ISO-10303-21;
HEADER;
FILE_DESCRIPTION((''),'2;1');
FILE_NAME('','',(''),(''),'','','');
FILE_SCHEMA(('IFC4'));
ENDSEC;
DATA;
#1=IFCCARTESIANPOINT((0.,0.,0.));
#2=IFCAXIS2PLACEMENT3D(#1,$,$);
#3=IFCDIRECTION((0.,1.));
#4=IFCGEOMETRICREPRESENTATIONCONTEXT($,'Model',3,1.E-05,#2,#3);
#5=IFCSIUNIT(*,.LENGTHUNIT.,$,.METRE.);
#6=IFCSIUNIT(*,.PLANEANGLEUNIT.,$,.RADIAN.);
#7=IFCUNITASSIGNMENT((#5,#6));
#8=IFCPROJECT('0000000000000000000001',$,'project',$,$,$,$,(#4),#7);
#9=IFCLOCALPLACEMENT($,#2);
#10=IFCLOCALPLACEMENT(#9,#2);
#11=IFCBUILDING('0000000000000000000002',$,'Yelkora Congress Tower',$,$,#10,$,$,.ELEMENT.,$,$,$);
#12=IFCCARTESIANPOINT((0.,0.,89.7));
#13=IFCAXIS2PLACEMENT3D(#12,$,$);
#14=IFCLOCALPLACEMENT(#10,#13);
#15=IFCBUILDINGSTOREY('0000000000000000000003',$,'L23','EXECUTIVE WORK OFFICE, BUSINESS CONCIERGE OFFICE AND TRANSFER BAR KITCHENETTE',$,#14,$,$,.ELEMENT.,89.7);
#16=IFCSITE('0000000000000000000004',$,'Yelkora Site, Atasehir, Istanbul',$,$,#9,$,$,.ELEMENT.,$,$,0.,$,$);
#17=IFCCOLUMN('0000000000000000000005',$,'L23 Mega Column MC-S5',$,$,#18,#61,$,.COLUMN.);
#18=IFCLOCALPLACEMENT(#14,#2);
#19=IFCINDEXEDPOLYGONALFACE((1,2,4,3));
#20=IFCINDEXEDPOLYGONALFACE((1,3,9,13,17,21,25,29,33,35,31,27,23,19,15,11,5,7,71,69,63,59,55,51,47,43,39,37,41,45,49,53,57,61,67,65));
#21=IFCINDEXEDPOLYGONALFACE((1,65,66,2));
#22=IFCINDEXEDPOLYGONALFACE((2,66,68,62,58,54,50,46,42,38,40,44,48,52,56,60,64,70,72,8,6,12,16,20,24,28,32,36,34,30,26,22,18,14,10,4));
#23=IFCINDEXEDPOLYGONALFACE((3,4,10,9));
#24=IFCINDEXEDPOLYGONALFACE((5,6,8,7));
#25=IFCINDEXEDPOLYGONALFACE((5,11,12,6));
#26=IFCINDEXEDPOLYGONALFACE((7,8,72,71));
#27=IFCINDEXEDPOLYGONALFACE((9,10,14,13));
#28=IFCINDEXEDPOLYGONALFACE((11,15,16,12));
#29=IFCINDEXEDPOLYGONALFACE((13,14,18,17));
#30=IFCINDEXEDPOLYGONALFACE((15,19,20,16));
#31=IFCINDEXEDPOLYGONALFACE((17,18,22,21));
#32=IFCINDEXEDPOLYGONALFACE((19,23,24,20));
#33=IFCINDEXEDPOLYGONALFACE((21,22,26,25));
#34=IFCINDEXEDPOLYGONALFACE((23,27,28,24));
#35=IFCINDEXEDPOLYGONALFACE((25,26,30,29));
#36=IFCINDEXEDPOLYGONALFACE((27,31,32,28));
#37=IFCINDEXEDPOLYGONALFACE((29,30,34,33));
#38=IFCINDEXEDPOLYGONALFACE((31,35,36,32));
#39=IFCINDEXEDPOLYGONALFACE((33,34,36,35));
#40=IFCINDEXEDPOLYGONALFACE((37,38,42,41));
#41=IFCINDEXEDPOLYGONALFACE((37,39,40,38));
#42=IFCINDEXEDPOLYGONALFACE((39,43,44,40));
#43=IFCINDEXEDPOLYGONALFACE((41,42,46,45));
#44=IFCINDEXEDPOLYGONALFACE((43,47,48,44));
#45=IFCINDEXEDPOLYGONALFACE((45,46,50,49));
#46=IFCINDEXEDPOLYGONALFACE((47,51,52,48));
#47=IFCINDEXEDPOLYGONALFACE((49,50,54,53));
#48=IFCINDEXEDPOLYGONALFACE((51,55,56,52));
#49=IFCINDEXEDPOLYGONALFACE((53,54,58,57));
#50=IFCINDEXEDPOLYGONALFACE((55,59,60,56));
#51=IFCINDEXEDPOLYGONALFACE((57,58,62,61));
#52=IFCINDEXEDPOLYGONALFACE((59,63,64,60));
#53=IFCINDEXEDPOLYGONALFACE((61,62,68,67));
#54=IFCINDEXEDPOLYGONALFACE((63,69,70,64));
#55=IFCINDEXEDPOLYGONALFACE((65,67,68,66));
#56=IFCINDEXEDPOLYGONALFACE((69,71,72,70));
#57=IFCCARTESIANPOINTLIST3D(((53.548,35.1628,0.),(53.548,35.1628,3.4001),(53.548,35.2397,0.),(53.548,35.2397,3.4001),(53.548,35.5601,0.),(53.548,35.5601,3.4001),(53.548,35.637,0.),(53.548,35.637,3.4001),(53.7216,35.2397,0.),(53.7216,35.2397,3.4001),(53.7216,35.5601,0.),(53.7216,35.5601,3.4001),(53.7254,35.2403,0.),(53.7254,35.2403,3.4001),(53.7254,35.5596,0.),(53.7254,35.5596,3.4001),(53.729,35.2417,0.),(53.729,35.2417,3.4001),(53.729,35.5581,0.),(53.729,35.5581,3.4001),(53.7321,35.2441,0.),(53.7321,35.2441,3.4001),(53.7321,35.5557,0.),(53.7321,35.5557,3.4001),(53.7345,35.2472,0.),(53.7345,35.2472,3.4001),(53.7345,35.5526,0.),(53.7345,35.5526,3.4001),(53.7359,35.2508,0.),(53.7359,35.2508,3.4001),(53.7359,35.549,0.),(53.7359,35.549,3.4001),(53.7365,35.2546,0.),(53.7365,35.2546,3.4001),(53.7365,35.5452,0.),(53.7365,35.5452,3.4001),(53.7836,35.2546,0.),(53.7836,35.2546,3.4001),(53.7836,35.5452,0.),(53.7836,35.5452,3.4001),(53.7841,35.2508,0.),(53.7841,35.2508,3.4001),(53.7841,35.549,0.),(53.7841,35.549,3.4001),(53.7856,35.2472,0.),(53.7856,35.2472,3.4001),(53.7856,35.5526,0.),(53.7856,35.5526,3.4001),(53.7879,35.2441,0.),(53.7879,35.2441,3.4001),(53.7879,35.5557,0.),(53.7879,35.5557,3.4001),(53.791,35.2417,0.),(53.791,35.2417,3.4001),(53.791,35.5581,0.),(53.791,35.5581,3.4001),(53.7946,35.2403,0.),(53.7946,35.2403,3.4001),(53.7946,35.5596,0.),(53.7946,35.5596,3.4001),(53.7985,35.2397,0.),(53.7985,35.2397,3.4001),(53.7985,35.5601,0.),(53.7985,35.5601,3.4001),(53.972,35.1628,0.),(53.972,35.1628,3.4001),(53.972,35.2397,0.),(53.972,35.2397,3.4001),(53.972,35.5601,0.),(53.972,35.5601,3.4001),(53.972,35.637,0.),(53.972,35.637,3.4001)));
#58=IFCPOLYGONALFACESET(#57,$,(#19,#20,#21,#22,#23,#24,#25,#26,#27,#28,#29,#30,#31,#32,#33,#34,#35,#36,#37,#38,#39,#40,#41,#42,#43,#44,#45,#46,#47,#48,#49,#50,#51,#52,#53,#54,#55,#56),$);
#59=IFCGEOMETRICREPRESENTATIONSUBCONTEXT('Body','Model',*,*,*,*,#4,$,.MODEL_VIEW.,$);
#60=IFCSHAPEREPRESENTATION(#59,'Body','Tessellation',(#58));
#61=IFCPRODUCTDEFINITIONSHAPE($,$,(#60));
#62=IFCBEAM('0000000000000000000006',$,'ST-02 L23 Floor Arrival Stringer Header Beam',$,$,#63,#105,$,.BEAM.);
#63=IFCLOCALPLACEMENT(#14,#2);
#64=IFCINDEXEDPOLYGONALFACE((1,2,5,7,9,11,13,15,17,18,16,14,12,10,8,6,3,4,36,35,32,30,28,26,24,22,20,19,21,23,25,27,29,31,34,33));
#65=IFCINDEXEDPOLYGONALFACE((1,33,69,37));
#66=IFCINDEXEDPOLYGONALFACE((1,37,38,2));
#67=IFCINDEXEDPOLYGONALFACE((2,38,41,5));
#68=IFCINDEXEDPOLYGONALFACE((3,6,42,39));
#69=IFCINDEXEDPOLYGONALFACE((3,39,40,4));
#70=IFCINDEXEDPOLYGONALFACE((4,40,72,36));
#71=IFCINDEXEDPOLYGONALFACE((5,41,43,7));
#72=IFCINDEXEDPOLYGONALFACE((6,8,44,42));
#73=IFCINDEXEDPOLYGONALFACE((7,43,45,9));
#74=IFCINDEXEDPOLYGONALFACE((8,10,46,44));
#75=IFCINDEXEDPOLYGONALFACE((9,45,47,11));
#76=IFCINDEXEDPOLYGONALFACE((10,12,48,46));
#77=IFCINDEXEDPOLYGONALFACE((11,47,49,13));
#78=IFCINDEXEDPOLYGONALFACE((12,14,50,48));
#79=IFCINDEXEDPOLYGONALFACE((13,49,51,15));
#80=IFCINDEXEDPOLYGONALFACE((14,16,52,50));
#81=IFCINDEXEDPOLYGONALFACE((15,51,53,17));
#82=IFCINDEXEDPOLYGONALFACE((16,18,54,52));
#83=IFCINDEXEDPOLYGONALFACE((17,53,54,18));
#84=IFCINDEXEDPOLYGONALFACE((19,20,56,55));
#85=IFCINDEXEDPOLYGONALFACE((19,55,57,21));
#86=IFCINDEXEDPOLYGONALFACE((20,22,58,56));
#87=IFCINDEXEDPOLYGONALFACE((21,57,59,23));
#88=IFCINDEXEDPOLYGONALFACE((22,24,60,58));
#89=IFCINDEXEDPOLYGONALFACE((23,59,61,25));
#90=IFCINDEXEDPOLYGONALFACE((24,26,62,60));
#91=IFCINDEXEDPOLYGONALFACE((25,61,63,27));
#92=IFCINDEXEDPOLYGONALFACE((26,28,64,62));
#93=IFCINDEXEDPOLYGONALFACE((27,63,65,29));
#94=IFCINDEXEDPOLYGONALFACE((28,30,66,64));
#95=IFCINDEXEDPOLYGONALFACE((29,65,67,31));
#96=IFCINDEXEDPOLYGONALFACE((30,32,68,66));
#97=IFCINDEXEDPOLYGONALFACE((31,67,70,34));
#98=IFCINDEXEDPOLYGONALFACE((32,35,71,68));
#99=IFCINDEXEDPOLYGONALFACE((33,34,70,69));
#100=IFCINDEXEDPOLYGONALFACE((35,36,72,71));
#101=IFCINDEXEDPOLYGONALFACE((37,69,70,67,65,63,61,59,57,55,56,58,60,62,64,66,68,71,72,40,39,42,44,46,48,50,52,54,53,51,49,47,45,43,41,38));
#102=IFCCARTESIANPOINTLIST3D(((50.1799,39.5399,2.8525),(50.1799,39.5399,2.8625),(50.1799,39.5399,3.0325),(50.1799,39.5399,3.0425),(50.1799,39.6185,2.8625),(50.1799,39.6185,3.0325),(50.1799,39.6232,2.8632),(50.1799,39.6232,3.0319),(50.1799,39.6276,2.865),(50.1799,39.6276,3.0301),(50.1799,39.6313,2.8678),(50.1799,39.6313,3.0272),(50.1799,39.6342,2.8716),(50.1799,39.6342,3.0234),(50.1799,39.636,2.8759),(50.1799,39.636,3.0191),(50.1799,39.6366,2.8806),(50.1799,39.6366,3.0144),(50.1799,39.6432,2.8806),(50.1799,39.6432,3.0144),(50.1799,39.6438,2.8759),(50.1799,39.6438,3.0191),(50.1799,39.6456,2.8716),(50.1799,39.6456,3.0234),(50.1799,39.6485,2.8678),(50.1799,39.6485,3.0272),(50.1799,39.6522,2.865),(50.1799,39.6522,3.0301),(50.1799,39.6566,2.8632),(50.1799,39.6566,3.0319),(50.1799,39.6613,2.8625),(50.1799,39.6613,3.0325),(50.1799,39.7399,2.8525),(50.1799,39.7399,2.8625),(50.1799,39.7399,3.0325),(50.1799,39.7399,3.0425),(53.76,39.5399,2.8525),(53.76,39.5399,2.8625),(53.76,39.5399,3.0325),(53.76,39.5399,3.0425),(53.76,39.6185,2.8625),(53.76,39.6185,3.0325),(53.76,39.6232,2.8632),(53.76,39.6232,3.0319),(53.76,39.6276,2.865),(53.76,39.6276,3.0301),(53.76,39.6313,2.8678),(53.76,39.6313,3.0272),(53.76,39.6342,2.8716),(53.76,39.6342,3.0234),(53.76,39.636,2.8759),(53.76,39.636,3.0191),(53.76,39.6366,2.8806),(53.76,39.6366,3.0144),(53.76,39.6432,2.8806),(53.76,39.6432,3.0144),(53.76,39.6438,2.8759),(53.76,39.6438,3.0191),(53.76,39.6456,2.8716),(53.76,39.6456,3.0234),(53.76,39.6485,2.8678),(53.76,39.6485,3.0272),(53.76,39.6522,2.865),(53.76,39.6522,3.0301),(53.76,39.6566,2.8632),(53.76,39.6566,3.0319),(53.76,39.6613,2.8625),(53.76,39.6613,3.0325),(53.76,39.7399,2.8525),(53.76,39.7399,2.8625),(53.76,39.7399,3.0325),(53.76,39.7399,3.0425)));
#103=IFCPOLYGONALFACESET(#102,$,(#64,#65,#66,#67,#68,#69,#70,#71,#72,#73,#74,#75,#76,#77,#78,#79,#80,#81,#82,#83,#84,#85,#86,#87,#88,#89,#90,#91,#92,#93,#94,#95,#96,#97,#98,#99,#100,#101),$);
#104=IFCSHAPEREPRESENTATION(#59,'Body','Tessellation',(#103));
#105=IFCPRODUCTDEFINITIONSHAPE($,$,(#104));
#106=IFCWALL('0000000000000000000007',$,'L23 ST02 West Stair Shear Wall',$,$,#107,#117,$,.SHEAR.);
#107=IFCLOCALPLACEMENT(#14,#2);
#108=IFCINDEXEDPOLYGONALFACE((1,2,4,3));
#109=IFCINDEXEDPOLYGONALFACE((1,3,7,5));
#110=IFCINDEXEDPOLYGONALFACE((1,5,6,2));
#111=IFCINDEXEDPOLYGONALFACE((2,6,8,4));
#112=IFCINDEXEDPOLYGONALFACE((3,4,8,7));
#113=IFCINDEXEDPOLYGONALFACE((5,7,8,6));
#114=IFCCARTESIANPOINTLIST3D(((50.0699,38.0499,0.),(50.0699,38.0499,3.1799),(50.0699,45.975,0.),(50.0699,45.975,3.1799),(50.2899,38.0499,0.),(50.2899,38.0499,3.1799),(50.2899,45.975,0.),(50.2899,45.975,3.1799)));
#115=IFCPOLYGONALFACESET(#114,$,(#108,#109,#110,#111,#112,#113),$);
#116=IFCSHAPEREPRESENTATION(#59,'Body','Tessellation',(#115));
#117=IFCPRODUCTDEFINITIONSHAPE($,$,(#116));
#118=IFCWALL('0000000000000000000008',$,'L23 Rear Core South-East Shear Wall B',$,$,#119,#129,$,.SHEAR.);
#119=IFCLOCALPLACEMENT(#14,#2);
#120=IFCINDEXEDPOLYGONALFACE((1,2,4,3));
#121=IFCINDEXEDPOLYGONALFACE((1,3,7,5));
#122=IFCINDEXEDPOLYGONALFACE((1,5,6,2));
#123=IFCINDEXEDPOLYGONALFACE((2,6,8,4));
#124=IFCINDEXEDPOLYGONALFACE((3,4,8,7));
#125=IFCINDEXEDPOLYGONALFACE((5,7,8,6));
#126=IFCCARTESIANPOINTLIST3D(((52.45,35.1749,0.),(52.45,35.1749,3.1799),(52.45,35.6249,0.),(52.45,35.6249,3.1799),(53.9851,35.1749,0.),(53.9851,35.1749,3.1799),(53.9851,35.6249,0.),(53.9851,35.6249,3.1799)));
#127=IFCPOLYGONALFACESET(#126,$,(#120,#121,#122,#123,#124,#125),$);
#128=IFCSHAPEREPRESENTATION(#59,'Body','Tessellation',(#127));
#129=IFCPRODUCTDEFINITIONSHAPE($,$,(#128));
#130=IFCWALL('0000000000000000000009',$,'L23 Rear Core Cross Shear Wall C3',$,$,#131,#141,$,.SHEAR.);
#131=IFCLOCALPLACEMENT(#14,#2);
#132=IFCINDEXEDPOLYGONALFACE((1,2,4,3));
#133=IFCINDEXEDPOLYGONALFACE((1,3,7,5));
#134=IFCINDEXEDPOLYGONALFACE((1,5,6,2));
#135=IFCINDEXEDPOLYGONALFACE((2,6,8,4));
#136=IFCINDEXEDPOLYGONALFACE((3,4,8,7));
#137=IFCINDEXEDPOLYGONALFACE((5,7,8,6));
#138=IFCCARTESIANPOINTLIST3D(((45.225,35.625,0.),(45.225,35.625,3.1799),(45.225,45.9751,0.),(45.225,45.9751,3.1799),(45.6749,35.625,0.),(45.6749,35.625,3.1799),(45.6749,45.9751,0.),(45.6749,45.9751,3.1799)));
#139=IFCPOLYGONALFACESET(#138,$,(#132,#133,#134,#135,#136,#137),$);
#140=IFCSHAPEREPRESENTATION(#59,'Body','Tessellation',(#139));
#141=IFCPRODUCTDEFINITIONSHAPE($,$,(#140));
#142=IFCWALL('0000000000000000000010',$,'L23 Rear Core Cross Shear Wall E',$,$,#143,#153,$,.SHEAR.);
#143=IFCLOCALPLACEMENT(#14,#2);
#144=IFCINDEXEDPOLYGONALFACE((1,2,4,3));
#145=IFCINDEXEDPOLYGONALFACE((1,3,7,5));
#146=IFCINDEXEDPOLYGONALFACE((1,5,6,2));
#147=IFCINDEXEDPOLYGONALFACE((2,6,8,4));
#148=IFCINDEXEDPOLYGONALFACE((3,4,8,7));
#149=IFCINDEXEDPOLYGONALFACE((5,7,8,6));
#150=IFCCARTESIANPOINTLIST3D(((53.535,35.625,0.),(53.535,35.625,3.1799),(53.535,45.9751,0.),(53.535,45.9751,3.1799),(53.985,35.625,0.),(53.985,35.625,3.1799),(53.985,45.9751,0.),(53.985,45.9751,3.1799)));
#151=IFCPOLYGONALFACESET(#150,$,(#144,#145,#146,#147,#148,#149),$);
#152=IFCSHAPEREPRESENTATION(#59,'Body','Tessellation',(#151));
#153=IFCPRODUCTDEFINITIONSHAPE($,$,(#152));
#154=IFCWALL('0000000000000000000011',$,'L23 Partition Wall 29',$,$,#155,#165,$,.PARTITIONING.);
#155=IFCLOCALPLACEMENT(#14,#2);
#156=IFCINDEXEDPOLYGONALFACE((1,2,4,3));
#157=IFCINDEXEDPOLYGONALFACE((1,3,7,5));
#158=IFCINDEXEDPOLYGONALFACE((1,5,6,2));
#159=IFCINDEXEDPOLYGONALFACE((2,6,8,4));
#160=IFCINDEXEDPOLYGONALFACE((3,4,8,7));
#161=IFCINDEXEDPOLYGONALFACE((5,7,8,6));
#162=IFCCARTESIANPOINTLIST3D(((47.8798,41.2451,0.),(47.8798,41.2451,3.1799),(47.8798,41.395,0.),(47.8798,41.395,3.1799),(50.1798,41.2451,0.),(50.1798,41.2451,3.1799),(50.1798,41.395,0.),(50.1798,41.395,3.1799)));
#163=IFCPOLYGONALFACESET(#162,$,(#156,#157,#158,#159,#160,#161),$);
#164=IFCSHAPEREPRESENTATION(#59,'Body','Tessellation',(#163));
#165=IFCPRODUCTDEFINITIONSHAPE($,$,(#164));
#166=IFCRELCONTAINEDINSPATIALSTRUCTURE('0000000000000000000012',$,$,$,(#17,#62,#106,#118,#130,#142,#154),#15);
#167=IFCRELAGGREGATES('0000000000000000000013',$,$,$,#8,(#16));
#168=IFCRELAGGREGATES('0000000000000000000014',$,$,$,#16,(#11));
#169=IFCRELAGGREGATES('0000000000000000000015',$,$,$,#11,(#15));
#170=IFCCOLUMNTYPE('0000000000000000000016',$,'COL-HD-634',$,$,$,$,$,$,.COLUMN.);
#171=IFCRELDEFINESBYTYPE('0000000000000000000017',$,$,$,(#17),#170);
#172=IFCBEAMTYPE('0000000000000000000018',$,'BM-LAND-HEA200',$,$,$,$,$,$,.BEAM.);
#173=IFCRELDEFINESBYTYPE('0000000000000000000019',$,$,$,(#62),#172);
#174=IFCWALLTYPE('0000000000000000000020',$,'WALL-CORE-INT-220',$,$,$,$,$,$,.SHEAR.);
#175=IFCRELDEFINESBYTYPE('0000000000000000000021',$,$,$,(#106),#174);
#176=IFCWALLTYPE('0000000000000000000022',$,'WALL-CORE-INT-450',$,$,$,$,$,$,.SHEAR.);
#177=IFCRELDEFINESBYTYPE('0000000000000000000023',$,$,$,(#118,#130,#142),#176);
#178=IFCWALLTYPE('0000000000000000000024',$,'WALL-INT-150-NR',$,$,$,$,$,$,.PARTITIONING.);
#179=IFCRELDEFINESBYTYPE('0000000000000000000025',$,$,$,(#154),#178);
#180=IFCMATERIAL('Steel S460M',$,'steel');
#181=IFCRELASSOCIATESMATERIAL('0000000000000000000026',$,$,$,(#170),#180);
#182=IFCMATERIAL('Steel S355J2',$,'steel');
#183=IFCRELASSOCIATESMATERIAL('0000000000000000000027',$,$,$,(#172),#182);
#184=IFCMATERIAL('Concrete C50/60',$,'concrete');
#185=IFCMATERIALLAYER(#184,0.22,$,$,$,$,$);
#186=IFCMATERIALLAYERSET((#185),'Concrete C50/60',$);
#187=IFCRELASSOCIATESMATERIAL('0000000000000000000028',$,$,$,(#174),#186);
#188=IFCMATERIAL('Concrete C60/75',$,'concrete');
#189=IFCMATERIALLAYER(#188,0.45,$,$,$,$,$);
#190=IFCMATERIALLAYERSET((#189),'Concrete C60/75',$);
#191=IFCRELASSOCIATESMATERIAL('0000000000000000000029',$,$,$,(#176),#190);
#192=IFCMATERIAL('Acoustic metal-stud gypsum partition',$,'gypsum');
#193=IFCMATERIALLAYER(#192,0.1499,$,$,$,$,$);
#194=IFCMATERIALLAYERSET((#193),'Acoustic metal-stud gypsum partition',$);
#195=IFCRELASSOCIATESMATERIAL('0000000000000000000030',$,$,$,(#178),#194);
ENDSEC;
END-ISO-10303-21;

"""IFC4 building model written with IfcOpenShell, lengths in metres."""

from ifc_helpers import new_model, si_unit, direction, frame, frame_2d, origin, origin_2d, place, context, subcontext, project, spatial, rectangle, i_section, extrude, material, layer, layer_set, material_profile, profile_set, type_object, element, save


model = new_model("IFC4")

# Units and contexts
model_context = context("Model", 3, precision=1e-05, world=origin(), true_north=direction((0.0, 1.0)))
body_context = subcontext(model_context, "Body", "Model", "MODEL_VIEW")
ifc_project = project(units=[si_unit("LENGTHUNIT", "METRE"), si_unit("PLANEANGLEUNIT", "RADIAN")], contexts=[model_context])

# Site, building, storey
site_placement = place(None, origin())
site = spatial("IfcSite", under=ifc_project, at=site_placement, Name="Yelkora Site, Atasehir, Istanbul", CompositionType="ELEMENT", RefElevation=0.0)
building_placement = place(site_placement, origin())
building = spatial("IfcBuilding", under=site, at=building_placement, Name="Yelkora Congress Tower", CompositionType="ELEMENT")
storey_placement = place(building_placement, frame((0.0, 0.0, 89.7)))
storey = spatial("IfcBuildingStorey", under=building, at=storey_placement, Name="L23", Description="EXECUTIVE WORK OFFICE, BUSINESS CONCIERGE OFFICE AND TRANSFER BAR KITCHENETTE", CompositionType="ELEMENT", Elevation=89.7)

# Column
ifc_material_1 = material(Name="Steel S460M", Category="steel")
ifc_material_profile_1 = material_profile(ifc_material_1, i_section(OverallWidth=0.4241, OverallDepth=0.4741, WebThickness=0.0471, FlangeThickness=0.0769, FilletRadius=0.0149, at=origin_2d()), Name="HD 400x634")
ifc_profile_set_1 = profile_set([ifc_material_profile_1], Name="Steel S460M")
column_type = type_object("IfcColumnType", Name="COL-HD-634", PredefinedType="COLUMN", material=ifc_profile_set_1)
column_placement = place(storey_placement, frame((53.76, 35.3999, 0.0), z_axis=(0.0, 0.0, 1.0), x_axis=(1.0, 0.0, 0.0)))
element("IfcColumn", 1, at=column_placement, inside=storey, type_object=column_type, Name="L23 Mega Column MC-S5", PredefinedType="COLUMN", context=body_context, shape_type="SweptSolid", body=[
    extrude(i_section(OverallWidth=0.4241, OverallDepth=0.4741, WebThickness=0.0471, FlangeThickness=0.0769, FilletRadius=0.0149, at=origin_2d()), origin(), (0.0, 0.0, 1.0), 3.4001),
])

# Beam
ifc_material_2 = material(Name="Steel S355J2", Category="steel")
ifc_material_profile_2 = material_profile(ifc_material_2, i_section(OverallWidth=0.2, OverallDepth=0.1899, WebThickness=0.0066, FlangeThickness=0.01, FilletRadius=0.0181, at=origin_2d()), Name="HEA 200")
ifc_profile_set_2 = profile_set([ifc_material_profile_2], Name="Steel S355J2")
beam_type = type_object("IfcBeamType", Name="BM-LAND-HEA200", PredefinedType="BEAM", material=ifc_profile_set_2)
beam_placement = place(storey_placement, frame((50.1799, 39.6399, 2.9475), z_axis=(1.0, 0.0, 0.0), x_axis=(0.0, 1.0, 0.0)))
element("IfcBeam", 2, at=beam_placement, inside=storey, type_object=beam_type, Name="ST-02 L23 Floor Arrival Stringer Header Beam", PredefinedType="BEAM", context=body_context, shape_type="SweptSolid", body=[
    extrude(i_section(OverallWidth=0.2, OverallDepth=0.1899, WebThickness=0.0066, FlangeThickness=0.01, FilletRadius=0.0181, at=origin_2d()), origin(), (0.0, 0.0, 1.0), 3.5801),
])

# Walls
ifc_material_3 = material(Name="Concrete C50/60", Category="concrete")
ifc_layer_1 = layer(ifc_material_3, 0.22)
ifc_layer_set_1 = layer_set([ifc_layer_1], Name="Concrete C50/60")
wall_type_1 = type_object("IfcWallType", Name="WALL-CORE-INT-220", PredefinedType="SHEAR", material=ifc_layer_set_1)
wall_1_placement = place(storey_placement, frame((50.1799, 38.05, 0.0), z_axis=(0.0, 0.0, 1.0), x_axis=(0.0, 1.0, 0.0)))
element("IfcWall", 3, at=wall_1_placement, inside=storey, type_object=wall_type_1, Name="L23 ST02 West Stair Shear Wall", PredefinedType="SHEAR", context=body_context, shape_type="SweptSolid", body=[
    extrude(rectangle(XDim=7.925, YDim=0.22, at=frame_2d((3.9624, 0.0))), origin(), (0.0, 0.0, 1.0), 3.1799),
])
ifc_material_4 = material(Name="Concrete C60/75", Category="concrete")
ifc_layer_2 = layer(ifc_material_4, 0.45)
ifc_layer_set_2 = layer_set([ifc_layer_2], Name="Concrete C60/75")
wall_type_2 = type_object("IfcWallType", Name="WALL-CORE-INT-450", PredefinedType="SHEAR", material=ifc_layer_set_2)
wall_2_placement = place(storey_placement, frame((52.45, 35.3999, 0.0), z_axis=(0.0, 0.0, 1.0), x_axis=(1.0, 0.0, 0.0)))
element("IfcWall", 4, at=wall_2_placement, inside=storey, type_object=wall_type_2, Name="L23 Rear Core South-East Shear Wall B", PredefinedType="SHEAR", context=body_context, shape_type="SweptSolid", body=[
    extrude(rectangle(XDim=1.5352, YDim=0.45, at=frame_2d((0.7676, 0.0))), origin(), (0.0, 0.0, 1.0), 3.1799),
])
for number, where, z_axis, x_axis, name in (
    (5, (45.45, 35.625, 0.0), (0.0, 0.0, 1.0), (0.0, 1.0, 0.0), "L23 Rear Core Cross Shear Wall C3"),
    (6, (53.76, 35.625, 0.0), (0.0, 0.0, 1.0), (0.0, 1.0, 0.0), "L23 Rear Core Cross Shear Wall E"),
):
    element("IfcWall", number, at=place(storey_placement, frame(where, z_axis=z_axis, x_axis=x_axis)), inside=storey, type_object=wall_type_2, Name=name, PredefinedType="SHEAR", context=body_context, shape_type="SweptSolid", body=[
        extrude(rectangle(XDim=10.3501, YDim=0.45, at=frame_2d((5.175, 0.0))), origin(), (0.0, 0.0, 1.0), 3.1799),
    ])
ifc_material_5 = material(Name="Acoustic metal-stud gypsum partition", Category="gypsum")
ifc_layer_3 = layer(ifc_material_5, 0.1499)
ifc_layer_set_3 = layer_set([ifc_layer_3], Name="Acoustic metal-stud gypsum partition")
wall_type_3 = type_object("IfcWallType", Name="WALL-INT-150-NR", PredefinedType="PARTITIONING", material=ifc_layer_set_3)
wall_3_placement = place(storey_placement, frame((47.8799, 41.3201, 0.0), z_axis=(0.0, 0.0, 1.0), x_axis=(1.0, 0.0, 0.0)))
element("IfcWall", 7, at=wall_3_placement, inside=storey, type_object=wall_type_3, Name="L23 Partition Wall 29", PredefinedType="PARTITIONING", context=body_context, shape_type="SweptSolid", body=[
    extrude(rectangle(XDim=2.3, YDim=0.1499, at=frame_2d((1.1499, 0.0))), origin(), (0.0, 0.0, 1.0), 3.1799),
])

save(model, "model.ifc")
